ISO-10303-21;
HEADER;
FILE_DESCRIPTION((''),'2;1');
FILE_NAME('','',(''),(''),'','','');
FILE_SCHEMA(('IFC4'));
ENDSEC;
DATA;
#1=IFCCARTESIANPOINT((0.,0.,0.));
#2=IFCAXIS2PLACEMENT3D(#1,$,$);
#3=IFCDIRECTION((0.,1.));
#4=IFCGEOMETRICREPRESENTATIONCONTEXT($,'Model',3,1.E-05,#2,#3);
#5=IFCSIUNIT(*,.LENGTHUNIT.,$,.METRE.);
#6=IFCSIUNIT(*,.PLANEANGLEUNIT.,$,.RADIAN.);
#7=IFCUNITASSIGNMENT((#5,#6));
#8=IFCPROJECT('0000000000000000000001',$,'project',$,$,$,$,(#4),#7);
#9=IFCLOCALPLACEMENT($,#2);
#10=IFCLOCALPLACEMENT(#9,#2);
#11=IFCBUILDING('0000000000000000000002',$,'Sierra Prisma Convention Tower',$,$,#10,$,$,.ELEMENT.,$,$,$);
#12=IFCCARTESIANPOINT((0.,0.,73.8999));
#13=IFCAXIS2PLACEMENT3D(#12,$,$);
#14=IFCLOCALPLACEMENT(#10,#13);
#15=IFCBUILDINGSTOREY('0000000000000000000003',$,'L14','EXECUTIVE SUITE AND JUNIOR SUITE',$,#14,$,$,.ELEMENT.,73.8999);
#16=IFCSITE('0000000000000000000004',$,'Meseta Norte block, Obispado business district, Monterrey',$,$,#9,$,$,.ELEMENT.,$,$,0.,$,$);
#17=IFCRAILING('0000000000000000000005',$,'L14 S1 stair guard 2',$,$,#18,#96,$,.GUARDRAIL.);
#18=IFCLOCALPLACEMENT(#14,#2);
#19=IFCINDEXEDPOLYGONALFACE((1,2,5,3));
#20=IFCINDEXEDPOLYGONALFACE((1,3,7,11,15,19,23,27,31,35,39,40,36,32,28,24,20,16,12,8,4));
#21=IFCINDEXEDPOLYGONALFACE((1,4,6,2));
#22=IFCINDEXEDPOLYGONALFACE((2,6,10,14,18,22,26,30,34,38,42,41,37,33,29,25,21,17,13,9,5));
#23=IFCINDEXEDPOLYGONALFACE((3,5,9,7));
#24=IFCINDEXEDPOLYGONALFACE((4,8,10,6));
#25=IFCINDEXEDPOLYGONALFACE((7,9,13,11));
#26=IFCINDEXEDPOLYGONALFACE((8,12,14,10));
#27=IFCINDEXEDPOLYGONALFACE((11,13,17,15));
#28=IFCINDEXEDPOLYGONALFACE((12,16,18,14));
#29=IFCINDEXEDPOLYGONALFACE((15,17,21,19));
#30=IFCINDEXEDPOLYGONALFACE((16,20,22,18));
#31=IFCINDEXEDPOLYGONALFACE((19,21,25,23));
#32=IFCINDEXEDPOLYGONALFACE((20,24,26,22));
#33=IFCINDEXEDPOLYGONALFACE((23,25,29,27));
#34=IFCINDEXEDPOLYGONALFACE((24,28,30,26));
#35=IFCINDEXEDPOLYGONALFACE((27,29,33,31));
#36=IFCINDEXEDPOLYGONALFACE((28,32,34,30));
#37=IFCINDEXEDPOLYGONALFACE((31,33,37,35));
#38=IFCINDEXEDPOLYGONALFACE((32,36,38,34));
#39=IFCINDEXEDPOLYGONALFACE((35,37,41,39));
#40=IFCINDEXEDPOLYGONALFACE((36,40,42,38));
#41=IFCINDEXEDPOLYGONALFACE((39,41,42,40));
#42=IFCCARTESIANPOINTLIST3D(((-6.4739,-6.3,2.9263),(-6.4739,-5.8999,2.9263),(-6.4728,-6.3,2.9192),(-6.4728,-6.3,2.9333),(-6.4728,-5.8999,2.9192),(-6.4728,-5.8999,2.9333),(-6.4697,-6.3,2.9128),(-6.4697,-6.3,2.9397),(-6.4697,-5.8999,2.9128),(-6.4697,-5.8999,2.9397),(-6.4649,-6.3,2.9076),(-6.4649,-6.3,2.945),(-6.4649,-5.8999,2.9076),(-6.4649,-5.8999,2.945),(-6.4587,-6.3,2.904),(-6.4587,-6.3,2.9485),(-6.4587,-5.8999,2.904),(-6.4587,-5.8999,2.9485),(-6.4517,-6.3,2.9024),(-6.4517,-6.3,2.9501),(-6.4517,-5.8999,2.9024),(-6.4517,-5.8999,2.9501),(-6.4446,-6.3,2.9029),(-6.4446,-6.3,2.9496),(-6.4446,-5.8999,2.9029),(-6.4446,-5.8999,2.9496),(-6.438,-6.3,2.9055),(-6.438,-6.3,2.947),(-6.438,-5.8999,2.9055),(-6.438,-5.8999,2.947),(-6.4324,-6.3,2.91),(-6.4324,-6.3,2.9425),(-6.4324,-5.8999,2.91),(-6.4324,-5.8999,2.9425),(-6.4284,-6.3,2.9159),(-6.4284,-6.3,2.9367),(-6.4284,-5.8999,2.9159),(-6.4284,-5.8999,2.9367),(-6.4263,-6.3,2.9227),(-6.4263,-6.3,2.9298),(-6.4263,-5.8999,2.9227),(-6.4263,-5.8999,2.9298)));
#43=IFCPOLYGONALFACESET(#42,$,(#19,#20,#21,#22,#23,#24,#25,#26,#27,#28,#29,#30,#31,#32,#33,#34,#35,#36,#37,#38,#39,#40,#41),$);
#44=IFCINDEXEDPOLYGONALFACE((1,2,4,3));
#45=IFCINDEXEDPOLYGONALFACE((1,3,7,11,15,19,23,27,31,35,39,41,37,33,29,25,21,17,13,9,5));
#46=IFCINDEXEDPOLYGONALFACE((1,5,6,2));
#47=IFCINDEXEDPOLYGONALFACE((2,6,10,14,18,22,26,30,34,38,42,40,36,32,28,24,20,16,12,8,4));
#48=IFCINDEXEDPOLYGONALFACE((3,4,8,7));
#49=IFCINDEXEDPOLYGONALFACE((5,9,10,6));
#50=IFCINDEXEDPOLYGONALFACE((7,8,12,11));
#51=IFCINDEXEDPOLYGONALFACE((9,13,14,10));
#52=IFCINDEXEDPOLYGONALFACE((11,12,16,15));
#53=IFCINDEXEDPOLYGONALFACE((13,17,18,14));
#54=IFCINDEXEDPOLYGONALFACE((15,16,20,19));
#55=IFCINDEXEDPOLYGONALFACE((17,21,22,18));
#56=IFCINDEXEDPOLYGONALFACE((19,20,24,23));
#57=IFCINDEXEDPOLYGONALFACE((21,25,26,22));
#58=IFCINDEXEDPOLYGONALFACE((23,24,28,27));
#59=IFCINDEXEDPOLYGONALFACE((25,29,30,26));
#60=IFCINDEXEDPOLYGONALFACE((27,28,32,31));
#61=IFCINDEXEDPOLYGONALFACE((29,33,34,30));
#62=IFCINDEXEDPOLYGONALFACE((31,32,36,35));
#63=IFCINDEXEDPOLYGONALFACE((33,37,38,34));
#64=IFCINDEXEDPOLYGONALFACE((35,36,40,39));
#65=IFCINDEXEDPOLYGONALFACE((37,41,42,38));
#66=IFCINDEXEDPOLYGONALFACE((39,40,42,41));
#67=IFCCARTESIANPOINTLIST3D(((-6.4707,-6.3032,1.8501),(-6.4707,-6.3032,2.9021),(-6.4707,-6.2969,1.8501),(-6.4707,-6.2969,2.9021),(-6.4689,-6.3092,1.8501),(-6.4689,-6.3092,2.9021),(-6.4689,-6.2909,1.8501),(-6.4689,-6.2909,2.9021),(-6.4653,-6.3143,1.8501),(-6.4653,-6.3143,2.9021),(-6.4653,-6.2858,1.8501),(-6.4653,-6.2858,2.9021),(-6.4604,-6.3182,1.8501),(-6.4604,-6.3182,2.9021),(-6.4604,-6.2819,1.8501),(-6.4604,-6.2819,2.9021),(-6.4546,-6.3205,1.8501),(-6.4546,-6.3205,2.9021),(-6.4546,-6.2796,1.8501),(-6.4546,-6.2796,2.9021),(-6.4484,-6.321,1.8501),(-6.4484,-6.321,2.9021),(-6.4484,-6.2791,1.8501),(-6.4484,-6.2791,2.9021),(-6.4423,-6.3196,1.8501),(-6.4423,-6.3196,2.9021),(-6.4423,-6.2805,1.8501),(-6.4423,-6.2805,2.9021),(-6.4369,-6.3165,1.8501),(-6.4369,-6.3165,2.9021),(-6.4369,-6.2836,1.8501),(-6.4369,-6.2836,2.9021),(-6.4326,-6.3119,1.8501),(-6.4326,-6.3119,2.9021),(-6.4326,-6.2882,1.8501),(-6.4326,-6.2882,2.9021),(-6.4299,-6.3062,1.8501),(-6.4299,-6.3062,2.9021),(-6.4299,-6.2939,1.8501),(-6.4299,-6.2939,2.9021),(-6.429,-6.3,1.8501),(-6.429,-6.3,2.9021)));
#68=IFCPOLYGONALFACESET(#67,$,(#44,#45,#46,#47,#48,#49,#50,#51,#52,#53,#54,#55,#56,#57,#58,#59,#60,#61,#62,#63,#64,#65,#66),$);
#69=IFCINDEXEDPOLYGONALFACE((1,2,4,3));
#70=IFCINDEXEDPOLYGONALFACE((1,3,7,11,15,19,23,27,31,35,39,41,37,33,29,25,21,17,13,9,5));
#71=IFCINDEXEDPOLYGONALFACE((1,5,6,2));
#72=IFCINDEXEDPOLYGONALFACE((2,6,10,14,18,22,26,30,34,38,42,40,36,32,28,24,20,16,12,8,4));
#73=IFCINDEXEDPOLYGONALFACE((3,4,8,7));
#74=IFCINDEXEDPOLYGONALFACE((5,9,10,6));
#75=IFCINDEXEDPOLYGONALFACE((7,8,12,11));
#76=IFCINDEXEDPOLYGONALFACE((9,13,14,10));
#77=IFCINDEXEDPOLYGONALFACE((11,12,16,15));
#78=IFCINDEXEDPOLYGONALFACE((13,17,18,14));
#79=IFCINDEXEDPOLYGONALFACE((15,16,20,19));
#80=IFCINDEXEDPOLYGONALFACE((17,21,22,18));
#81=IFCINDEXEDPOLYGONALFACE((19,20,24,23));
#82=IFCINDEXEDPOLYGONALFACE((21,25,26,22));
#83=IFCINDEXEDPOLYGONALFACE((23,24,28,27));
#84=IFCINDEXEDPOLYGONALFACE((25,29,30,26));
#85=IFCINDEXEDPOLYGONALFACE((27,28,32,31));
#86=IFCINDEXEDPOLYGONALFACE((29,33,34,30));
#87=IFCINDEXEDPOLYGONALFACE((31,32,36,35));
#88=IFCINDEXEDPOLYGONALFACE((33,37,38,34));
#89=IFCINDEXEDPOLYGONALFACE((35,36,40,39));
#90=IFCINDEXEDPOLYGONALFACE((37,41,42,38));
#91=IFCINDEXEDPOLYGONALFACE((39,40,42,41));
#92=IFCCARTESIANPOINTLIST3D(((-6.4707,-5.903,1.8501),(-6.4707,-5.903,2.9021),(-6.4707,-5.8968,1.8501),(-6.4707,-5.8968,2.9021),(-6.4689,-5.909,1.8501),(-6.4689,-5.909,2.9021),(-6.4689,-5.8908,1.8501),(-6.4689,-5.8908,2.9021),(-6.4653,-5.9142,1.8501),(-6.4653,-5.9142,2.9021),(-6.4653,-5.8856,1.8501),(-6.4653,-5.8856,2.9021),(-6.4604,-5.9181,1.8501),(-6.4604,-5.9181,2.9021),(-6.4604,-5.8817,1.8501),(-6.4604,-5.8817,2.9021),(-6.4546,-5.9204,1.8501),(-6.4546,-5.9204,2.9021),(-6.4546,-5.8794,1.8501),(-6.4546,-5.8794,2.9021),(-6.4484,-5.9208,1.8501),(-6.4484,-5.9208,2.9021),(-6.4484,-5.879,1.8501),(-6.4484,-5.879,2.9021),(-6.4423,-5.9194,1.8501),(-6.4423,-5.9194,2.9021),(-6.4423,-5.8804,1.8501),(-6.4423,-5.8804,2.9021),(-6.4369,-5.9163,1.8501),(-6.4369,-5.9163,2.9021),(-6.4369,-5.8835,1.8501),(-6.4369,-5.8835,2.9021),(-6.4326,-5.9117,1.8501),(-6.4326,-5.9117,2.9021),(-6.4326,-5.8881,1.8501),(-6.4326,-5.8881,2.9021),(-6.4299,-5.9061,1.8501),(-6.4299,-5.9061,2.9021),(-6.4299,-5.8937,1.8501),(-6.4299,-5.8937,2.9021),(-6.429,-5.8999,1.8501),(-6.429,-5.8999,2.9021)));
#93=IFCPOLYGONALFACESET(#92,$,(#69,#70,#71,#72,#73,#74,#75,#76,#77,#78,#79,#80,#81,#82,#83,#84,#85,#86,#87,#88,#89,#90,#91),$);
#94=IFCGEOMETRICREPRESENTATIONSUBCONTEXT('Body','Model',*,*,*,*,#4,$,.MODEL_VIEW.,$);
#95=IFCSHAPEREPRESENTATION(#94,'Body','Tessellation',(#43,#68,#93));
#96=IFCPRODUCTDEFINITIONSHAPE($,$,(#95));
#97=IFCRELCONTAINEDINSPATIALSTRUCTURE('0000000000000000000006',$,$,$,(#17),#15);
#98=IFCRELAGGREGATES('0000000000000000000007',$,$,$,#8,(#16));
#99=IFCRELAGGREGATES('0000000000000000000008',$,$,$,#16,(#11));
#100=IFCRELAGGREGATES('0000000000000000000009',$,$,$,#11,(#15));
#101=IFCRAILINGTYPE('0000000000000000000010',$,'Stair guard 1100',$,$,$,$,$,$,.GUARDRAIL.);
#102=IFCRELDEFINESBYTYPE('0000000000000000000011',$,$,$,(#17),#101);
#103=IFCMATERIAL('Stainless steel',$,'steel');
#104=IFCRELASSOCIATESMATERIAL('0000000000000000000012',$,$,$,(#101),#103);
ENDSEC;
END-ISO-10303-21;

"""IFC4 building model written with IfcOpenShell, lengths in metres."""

from ifc_helpers import new_model, si_unit, direction, frame, origin, origin_2d, place, context, subcontext, project, spatial, circle, extrude, material, type_object, element, save


model = new_model("IFC4")

# Units and contexts
model_context = context("Model", 3, precision=1e-05, world=origin(), true_north=direction((0.0, 1.0)))
body_context = subcontext(model_context, "Body", "Model", "MODEL_VIEW")
ifc_project = project(units=[si_unit("LENGTHUNIT", "METRE"), si_unit("PLANEANGLEUNIT", "RADIAN")], contexts=[model_context])

# Site, building, storey
site_placement = place(None, origin())
site = spatial("IfcSite", under=ifc_project, at=site_placement, Name="Meseta Norte block, Obispado business district, Monterrey", CompositionType="ELEMENT", RefElevation=0.0)
building_placement = place(site_placement, origin())
building = spatial("IfcBuilding", under=site, at=building_placement, Name="Sierra Prisma Convention Tower", CompositionType="ELEMENT")
storey_placement = place(building_placement, frame((0.0, 0.0, 73.8999)))
storey = spatial("IfcBuildingStorey", under=building, at=storey_placement, Name="L14", Description="EXECUTIVE SUITE AND JUNIOR SUITE", CompositionType="ELEMENT", Elevation=73.8999)

# Railing
ifc_material_1 = material(Name="Stainless steel", Category="steel")
railing_type_1 = type_object("IfcRailingType", Name="Stair guard 1100", PredefinedType="GUARDRAIL", material=ifc_material_1)
railing_1_placement = place(storey_placement, frame((-6.45, -6.3, 1.8501)))
element("IfcRailing", 1, at=railing_1_placement, inside=storey, type_object=railing_type_1, Name="L14 S1 stair guard 2", PredefinedType="GUARDRAIL", context=body_context, shape_type="SweptSolid", body=[
    extrude(circle(Radius=0.0239, at=origin_2d()), frame((0.0, 0.0, 1.0762), z_axis=(0.0, 1.0, 0.0), x_axis=(-1.0, 0.0, 0.0)), (0.0, 0.0, 1.0), 0.4001),
    extrude(circle(Radius=0.021, at=origin_2d()), origin(), (0.0, 0.0, 1.0), 1.052),
    extrude(circle(Radius=0.021, at=origin_2d()), frame((0.0, 0.4001, 0.0)), (0.0, 0.0, 1.0), 1.052),
])

save(model, "model.ifc")
